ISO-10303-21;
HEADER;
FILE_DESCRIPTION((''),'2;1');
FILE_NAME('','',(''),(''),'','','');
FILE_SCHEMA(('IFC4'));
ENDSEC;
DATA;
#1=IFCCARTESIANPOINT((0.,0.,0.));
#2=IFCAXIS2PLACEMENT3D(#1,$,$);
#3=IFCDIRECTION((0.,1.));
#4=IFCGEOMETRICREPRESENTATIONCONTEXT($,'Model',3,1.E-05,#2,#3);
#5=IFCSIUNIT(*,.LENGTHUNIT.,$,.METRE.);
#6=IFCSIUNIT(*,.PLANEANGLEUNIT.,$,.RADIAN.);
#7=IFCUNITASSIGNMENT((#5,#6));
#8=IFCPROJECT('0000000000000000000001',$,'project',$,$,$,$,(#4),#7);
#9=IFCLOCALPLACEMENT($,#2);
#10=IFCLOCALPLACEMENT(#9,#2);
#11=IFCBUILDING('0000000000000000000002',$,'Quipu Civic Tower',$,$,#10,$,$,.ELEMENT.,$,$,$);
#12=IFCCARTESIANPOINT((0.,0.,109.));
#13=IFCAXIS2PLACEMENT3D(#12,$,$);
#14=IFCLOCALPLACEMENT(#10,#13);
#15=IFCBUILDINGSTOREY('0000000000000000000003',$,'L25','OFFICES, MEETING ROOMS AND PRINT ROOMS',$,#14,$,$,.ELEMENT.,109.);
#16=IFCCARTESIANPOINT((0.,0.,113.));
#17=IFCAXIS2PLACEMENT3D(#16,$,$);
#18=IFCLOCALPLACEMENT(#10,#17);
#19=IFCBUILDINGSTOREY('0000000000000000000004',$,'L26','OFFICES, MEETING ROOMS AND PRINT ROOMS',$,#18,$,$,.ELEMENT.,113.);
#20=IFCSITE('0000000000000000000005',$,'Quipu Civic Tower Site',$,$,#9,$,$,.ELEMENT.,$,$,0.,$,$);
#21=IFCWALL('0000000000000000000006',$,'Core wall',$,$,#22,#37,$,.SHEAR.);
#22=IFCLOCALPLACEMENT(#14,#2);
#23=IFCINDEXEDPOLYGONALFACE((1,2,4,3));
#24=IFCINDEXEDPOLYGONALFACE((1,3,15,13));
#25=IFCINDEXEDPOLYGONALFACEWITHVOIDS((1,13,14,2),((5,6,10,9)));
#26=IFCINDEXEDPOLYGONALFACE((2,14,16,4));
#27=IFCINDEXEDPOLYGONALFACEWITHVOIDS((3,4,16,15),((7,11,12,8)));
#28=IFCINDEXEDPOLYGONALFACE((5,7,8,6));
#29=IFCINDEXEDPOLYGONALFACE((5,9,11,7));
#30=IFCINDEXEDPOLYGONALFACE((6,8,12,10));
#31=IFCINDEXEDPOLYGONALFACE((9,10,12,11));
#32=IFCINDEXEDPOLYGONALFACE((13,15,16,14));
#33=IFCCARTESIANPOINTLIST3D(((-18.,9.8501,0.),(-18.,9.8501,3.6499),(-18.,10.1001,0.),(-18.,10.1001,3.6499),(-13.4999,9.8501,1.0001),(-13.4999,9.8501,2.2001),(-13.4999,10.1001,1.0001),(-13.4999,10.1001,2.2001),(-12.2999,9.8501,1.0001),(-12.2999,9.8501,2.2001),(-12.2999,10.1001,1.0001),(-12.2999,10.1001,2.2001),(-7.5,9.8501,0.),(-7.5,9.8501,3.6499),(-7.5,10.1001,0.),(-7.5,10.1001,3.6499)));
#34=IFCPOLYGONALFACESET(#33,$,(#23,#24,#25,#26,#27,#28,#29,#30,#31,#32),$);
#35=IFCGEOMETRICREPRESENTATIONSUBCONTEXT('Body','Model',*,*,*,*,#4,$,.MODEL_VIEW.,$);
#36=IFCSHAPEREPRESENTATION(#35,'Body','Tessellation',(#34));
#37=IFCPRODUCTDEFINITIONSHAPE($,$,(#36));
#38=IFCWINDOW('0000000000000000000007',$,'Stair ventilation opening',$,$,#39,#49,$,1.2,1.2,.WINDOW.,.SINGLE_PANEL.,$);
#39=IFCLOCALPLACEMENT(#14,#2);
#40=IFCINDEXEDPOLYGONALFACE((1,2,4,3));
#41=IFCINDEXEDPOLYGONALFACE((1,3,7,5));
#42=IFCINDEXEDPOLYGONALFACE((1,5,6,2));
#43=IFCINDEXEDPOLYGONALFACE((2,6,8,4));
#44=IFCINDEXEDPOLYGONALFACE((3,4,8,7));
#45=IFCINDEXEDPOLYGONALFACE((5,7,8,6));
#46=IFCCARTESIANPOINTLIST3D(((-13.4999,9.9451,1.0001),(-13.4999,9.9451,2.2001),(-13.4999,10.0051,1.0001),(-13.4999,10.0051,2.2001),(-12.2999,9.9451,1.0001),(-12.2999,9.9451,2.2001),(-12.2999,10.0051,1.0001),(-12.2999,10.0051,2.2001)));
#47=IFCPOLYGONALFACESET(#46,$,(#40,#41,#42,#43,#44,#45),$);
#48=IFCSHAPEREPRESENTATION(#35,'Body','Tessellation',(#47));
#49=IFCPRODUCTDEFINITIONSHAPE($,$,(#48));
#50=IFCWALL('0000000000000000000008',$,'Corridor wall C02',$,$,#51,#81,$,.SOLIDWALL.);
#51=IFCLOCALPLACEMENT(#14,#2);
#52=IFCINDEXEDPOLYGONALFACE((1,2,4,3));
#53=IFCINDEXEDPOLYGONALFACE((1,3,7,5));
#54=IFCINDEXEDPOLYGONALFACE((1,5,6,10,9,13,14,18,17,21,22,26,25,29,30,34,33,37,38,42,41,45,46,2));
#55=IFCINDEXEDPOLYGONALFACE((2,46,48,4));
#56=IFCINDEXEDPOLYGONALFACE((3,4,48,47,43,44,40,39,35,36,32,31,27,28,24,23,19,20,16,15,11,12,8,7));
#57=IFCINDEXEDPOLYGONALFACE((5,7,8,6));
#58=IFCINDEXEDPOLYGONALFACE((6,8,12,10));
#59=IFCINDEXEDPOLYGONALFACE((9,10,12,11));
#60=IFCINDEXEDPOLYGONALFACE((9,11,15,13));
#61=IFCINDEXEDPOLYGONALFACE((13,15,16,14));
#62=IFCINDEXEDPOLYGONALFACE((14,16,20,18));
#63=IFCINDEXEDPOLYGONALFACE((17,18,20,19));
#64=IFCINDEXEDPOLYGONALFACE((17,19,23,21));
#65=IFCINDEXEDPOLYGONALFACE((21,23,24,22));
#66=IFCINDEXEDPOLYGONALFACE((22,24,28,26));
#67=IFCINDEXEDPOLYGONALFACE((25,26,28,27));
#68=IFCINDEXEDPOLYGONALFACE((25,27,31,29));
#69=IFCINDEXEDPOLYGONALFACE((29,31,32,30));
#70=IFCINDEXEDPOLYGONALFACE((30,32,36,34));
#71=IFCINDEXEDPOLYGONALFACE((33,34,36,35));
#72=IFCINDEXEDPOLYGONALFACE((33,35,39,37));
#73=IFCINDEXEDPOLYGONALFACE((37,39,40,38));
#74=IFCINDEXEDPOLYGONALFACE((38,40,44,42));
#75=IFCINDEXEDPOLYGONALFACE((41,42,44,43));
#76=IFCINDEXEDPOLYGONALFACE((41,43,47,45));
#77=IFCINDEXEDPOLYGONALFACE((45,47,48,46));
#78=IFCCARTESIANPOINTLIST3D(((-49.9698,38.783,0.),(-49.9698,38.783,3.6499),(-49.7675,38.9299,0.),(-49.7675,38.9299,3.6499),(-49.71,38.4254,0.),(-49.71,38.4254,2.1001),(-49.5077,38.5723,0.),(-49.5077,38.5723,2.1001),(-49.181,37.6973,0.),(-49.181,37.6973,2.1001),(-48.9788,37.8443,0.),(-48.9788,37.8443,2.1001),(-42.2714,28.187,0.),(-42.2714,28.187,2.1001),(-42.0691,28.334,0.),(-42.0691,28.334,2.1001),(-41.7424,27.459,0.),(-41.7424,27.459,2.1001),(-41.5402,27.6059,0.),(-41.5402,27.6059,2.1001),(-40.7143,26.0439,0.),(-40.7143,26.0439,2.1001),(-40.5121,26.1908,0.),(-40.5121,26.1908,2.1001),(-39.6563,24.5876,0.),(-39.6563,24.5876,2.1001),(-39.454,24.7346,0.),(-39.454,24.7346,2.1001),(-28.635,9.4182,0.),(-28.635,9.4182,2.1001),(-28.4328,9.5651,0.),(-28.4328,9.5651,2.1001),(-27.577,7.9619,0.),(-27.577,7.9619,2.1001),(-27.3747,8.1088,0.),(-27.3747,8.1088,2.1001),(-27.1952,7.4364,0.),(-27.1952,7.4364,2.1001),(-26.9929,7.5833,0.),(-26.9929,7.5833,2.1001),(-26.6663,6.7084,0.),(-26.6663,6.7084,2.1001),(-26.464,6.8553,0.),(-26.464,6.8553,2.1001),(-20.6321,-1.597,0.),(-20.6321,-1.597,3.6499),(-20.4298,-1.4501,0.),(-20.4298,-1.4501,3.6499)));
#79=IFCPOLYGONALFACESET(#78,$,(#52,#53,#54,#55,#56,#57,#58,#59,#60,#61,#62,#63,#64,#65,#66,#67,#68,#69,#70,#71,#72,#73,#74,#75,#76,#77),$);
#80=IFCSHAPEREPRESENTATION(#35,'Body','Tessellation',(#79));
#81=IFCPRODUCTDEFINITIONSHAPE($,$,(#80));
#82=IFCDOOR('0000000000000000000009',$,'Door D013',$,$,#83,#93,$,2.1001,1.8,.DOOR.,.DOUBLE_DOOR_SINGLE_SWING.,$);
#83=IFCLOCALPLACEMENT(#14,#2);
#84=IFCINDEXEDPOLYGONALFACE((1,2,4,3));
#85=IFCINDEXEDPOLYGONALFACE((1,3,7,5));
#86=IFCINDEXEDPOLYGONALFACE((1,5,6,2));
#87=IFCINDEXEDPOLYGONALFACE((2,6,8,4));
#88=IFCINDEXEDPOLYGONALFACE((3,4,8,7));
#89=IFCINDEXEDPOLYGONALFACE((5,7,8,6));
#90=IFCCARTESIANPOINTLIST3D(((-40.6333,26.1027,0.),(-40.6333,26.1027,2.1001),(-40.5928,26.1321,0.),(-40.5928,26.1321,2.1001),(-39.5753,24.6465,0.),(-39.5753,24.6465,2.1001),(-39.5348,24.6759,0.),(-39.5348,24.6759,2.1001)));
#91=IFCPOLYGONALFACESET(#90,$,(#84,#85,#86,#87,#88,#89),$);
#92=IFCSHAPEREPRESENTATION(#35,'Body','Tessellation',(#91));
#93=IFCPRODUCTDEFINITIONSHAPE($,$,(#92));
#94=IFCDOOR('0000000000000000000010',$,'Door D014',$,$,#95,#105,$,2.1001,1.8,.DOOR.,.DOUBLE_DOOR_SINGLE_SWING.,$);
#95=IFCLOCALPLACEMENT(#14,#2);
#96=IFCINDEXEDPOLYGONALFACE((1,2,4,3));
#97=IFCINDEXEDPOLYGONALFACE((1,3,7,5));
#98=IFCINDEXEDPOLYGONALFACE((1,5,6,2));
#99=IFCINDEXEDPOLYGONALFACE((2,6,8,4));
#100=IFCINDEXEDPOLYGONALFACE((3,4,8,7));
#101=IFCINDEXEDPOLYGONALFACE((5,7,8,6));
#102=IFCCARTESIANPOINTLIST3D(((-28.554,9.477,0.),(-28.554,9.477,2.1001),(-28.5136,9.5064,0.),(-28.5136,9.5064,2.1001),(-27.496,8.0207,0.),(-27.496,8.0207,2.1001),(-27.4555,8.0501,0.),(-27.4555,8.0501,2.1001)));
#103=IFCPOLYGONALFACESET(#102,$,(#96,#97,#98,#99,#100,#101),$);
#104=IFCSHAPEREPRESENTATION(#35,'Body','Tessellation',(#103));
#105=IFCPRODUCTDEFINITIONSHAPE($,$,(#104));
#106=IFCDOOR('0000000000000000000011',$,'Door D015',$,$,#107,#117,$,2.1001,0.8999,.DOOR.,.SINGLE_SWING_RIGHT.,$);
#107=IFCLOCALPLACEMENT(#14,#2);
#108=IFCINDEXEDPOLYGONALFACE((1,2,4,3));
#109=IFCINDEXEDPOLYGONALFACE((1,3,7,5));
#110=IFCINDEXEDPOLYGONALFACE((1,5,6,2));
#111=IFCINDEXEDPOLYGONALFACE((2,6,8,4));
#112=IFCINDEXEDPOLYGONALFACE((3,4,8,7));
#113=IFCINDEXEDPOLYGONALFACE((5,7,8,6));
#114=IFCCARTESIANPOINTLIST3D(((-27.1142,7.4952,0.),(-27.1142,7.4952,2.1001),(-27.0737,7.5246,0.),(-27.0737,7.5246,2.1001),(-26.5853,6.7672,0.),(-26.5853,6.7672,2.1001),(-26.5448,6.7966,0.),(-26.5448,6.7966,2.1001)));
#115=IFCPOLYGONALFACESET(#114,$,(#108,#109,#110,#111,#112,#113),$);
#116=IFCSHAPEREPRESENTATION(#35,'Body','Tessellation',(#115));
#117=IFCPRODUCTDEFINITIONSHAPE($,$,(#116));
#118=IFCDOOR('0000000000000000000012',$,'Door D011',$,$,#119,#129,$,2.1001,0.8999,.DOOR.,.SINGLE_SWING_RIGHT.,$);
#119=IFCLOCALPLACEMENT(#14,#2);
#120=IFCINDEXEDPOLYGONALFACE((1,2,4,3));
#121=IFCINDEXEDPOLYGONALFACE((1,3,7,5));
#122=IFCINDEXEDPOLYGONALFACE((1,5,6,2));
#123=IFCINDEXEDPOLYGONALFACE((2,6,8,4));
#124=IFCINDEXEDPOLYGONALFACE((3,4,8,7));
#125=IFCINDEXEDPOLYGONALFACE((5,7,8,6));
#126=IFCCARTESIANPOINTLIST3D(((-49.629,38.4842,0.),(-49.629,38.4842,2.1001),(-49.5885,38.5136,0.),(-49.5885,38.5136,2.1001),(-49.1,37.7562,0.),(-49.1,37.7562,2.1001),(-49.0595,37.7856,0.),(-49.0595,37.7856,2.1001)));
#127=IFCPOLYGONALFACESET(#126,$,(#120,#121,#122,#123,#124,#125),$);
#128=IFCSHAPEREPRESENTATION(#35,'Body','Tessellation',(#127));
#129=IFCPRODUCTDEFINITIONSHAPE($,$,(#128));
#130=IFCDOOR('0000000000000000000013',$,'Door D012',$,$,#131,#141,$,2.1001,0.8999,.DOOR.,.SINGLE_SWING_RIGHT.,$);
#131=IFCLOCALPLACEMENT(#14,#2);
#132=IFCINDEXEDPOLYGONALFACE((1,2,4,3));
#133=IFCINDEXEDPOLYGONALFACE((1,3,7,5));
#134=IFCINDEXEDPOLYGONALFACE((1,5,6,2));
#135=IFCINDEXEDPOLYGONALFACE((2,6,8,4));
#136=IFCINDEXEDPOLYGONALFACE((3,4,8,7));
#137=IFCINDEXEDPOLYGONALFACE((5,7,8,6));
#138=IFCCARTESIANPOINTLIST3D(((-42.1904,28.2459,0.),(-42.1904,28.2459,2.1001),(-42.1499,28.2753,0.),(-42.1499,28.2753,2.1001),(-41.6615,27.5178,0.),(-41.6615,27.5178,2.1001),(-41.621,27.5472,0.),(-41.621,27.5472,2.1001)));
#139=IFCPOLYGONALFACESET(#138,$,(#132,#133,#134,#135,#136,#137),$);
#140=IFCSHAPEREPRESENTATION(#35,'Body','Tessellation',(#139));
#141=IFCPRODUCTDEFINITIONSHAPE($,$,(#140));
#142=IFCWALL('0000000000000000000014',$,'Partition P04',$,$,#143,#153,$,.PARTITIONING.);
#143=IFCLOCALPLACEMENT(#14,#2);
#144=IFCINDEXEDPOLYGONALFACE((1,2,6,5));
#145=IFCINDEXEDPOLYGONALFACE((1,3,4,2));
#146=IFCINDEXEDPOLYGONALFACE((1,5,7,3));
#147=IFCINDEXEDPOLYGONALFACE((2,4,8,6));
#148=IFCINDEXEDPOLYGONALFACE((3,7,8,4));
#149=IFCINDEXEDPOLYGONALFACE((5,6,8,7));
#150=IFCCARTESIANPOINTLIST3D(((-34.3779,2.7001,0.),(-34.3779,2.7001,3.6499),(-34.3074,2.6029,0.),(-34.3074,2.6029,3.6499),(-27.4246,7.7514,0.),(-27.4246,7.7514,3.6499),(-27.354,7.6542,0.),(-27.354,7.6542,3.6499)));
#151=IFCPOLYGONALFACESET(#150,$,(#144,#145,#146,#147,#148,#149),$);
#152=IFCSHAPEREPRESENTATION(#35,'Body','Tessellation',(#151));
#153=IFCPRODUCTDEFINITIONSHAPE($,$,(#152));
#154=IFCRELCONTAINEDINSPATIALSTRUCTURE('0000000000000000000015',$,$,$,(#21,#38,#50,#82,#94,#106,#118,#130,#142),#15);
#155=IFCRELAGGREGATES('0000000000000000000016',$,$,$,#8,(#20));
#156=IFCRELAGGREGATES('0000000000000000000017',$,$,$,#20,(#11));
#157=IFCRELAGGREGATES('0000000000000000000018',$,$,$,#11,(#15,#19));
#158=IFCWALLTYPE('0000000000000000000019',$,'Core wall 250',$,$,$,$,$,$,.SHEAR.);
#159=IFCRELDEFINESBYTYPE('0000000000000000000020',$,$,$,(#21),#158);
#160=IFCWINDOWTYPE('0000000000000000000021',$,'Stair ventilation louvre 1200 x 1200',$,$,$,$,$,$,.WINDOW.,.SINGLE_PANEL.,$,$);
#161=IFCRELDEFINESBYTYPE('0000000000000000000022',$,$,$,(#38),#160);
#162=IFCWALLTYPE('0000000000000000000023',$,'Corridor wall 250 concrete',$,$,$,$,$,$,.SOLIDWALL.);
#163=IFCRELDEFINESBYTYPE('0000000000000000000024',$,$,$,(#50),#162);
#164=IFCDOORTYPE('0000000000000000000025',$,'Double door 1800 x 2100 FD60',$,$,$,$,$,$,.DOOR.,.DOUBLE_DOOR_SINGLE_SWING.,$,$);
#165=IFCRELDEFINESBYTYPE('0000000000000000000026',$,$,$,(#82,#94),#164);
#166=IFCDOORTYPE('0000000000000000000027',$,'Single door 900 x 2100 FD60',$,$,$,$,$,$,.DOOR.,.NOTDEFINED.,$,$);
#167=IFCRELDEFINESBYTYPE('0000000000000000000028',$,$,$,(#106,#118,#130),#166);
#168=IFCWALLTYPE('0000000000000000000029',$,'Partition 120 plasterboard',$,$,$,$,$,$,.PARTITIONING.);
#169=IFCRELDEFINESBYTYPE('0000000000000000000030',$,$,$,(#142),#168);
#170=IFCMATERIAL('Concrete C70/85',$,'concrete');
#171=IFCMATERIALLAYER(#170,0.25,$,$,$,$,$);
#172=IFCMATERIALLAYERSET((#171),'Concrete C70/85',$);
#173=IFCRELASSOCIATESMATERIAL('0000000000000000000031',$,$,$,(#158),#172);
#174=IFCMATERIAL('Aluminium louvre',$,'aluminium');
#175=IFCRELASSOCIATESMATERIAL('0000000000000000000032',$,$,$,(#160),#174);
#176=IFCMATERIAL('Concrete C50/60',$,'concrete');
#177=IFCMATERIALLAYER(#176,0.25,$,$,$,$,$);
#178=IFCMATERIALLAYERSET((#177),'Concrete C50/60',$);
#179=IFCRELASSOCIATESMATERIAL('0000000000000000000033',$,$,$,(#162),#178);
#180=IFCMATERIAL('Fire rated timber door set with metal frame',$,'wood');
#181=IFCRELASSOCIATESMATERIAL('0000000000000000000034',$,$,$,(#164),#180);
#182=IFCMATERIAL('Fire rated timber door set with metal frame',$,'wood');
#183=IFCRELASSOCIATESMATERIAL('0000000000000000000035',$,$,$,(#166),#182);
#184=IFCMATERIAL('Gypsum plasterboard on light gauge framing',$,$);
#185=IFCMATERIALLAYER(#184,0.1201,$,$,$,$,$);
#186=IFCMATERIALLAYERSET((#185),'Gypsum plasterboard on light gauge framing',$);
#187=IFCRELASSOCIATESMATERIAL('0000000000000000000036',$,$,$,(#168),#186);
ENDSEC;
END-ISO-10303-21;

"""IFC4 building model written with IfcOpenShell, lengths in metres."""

from ifc_helpers import new_model, si_unit, direction, frame, frame_2d, origin, place, context, subcontext, project, spatial, rectangle, extrude, material, layer, layer_set, type_object, element, fill, save


model = new_model("IFC4")

# Units and contexts
model_context = context("Model", 3, precision=1e-05, world=origin(), true_north=direction((0.0, 1.0)))
body_context = subcontext(model_context, "Body", "Model", "MODEL_VIEW")
ifc_project = project(units=[si_unit("LENGTHUNIT", "METRE"), si_unit("PLANEANGLEUNIT", "RADIAN")], contexts=[model_context])

# Site, building, storey
site_placement = place(None, origin())
site = spatial("IfcSite", under=ifc_project, at=site_placement, Name="Quipu Civic Tower Site", CompositionType="ELEMENT", RefElevation=0.0)
building_placement = place(site_placement, origin())
building = spatial("IfcBuilding", under=site, at=building_placement, Name="Quipu Civic Tower", CompositionType="ELEMENT")
storey_1_placement = place(building_placement, frame((0.0, 0.0, 109.0)))
storey_1 = spatial("IfcBuildingStorey", under=building, at=storey_1_placement, Name="L25", Description="OFFICES, MEETING ROOMS AND PRINT ROOMS", CompositionType="ELEMENT", Elevation=109.0)

# Shared definitions
storey_2_placement = place(building_placement, frame((0.0, 0.0, 113.0)))
storey_2 = spatial("IfcBuildingStorey", under=building, at=storey_2_placement, Name="L26", Description="OFFICES, MEETING ROOMS AND PRINT ROOMS", CompositionType="ELEMENT", Elevation=113.0)

# Shared definitions
ifc_material_1 = material(Name="Concrete C70/85", Category="concrete")
ifc_layer_1 = layer(ifc_material_1, 0.25)
ifc_layer_set_1 = layer_set([ifc_layer_1], Name="Concrete C70/85")
wall_type_1 = type_object("IfcWallType", Name="Core wall 250", PredefinedType="SHEAR", material=ifc_layer_set_1)

# Wall, opening, window
wall_1_placement = place(storey_1_placement, frame((-18.0, 9.9751, 0.0), z_axis=(0.0, 0.0, 1.0), x_axis=(1.0, 0.0, 0.0)))
wall_1 = element("IfcWall", 1, at=wall_1_placement, inside=storey_1, type_object=wall_type_1, Name="Core wall", PredefinedType="SHEAR", context=body_context, shape_type="SweptSolid", body=[
    extrude(rectangle(XDim=10.5, YDim=0.25, at=frame_2d((5.25, 0.0))), origin(), (0.0, 0.0, 1.0), 3.6499),
])
opening_1_placement = place(wall_1_placement, frame((4.5, 0.0, 1.0)))
opening_1 = element("IfcOpeningElement", 2, at=opening_1_placement, cuts=wall_1, PredefinedType="OPENING", context=body_context, shape_type="SweptSolid", body=[
    extrude(rectangle(XDim=1.2, YDim=1.2, at=frame_2d((0.6001, 0.6001))), frame((0.0, 0.135, 0.0), z_axis=(0.0, -1.0, 0.0), x_axis=(1.0, 0.0, 0.0)), (0.0, 0.0, 1.0), 0.27),
])
ifc_material_2 = material(Name="Aluminium louvre", Category="aluminium")
window_type = type_object("IfcWindowType", Name="Stair ventilation louvre 1200 x 1200", PartitioningType="SINGLE_PANEL", PredefinedType="WINDOW", material=ifc_material_2)
window_placement = place(opening_1_placement, origin())
window = element("IfcWindow", 3, at=window_placement, inside=storey_1, type_object=window_type, Name="Stair ventilation opening", OverallHeight=1.2, OverallWidth=1.2, PartitioningType="SINGLE_PANEL", PredefinedType="WINDOW", context=body_context, shape_type="SweptSolid", body=[
    extrude(rectangle(XDim=1.2, YDim=1.2, at=frame_2d((0.6001, 0.6001))), frame((0.0, 0.03, 0.0), z_axis=(0.0, -1.0, 0.0), x_axis=(1.0, 0.0, 0.0)), (0.0, 0.0, 1.0), 0.0601),
])
fill(opening_1, window)

# Wall, openings, doors
ifc_material_3 = material(Name="Concrete C50/60", Category="concrete")
ifc_layer_2 = layer(ifc_material_3, 0.25)
ifc_layer_set_2 = layer_set([ifc_layer_2], Name="Concrete C50/60")
wall_type_2 = type_object("IfcWallType", Name="Corridor wall 250 concrete", PredefinedType="SOLIDWALL", material=ifc_layer_set_2)
wall_2_placement = place(storey_1_placement, frame((-20.531, -1.5234, 0.0), z_axis=(0.0, 0.0, 1.0), x_axis=(-0.587785, 0.809018, 0.0)))
wall_2 = element("IfcWall", 4, at=wall_2_placement, inside=storey_1, type_object=wall_type_2, Name="Corridor wall C02", PredefinedType="SOLIDWALL", context=body_context, shape_type="SweptSolid", body=[
    extrude(rectangle(XDim=49.9124, YDim=0.25, at=frame_2d((24.9561, 0.0))), origin(), (0.0, 0.0, 1.0), 3.6499),
])
opening_2_placement = place(wall_2_placement, frame((10.2659, 0.0, 0.0)))
opening_2 = element("IfcOpeningElement", 5, at=opening_2_placement, cuts=wall_2, PredefinedType="OPENING", context=body_context, shape_type="SweptSolid", body=[
    extrude(rectangle(XDim=0.8999, YDim=2.1001, at=frame_2d((0.45, 1.05))), frame((0.0, 0.135, 0.0), z_axis=(0.0, -1.0, 0.0), x_axis=(1.0, 0.0, 0.0)), (0.0, 0.0, 1.0), 0.27),
])
opening_3_placement = place(wall_2_placement, frame((32.366, 0.0, 0.0)))
opening_3 = element("IfcOpeningElement", 6, at=opening_3_placement, cuts=wall_2, PredefinedType="OPENING", context=body_context, shape_type="SweptSolid", body=[
    extrude(rectangle(XDim=1.8, YDim=2.1001, at=frame_2d((0.8999, 1.05))), frame((0.0, 0.135, 0.0), z_axis=(0.0, -1.0, 0.0), x_axis=(1.0, 0.0, 0.0)), (0.0, 0.0, 1.0), 0.27),
])
opening_4_placement = place(wall_2_placement, frame((11.8154, 0.0, 0.0)))
opening_4 = element("IfcOpeningElement", 7, at=opening_4_placement, cuts=wall_2, PredefinedType="OPENING", context=body_context, shape_type="SweptSolid", body=[
    extrude(rectangle(XDim=1.8, YDim=2.1001, at=frame_2d((0.8999, 1.05))), frame((0.0, 0.135, 0.0), z_axis=(0.0, -1.0, 0.0), x_axis=(1.0, 0.0, 0.0)), (0.0, 0.0, 1.0), 0.27),
])
opening_5_placement = place(wall_2_placement, frame((48.5703, 0.0, 0.0)))
opening_5 = element("IfcOpeningElement", 8, at=opening_5_placement, cuts=wall_2, PredefinedType="OPENING", context=body_context, shape_type="SweptSolid", body=[
    extrude(rectangle(XDim=0.8999, YDim=2.1001, at=frame_2d((0.45, 1.05))), frame((0.0, 0.135, 0.0), z_axis=(0.0, -1.0, 0.0), x_axis=(1.0, 0.0, 0.0)), (0.0, 0.0, 1.0), 0.27),
])
opening_6_placement = place(wall_2_placement, frame((35.915, 0.0, 0.0)))
opening_6 = element("IfcOpeningElement", 9, at=opening_6_placement, cuts=wall_2, PredefinedType="OPENING", context=body_context, shape_type="SweptSolid", body=[
    extrude(rectangle(XDim=0.8999, YDim=2.1001, at=frame_2d((0.45, 1.05))), frame((0.0, 0.135, 0.0), z_axis=(0.0, -1.0, 0.0), x_axis=(1.0, 0.0, 0.0)), (0.0, 0.0, 1.0), 0.27),
])
ifc_material_4 = material(Name="Fire rated timber door set with metal frame", Category="wood")
door_type_1 = type_object("IfcDoorType", Name="Double door 1800 x 2100 FD60", OperationType="DOUBLE_DOOR_SINGLE_SWING", PredefinedType="DOOR", material=ifc_material_4)
door_1_placement = place(opening_3_placement, origin())
door_1 = element("IfcDoor", 10, at=door_1_placement, inside=storey_1, type_object=door_type_1, Name="Door D013", OperationType="DOUBLE_DOOR_SINGLE_SWING", OverallHeight=2.1001, OverallWidth=1.8, PredefinedType="DOOR", context=body_context, shape_type="SweptSolid", body=[
    extrude(rectangle(XDim=1.8, YDim=2.1001, at=frame_2d((0.8999, 1.05))), frame((0.0, 0.0249, 0.0), z_axis=(0.0, -1.0, 0.0), x_axis=(1.0, 0.0, 0.0)), (0.0, 0.0, 1.0), 0.05),
])
fill(opening_3, door_1)
door_2_placement = place(opening_4_placement, origin())
door_2 = element("IfcDoor", 11, at=door_2_placement, inside=storey_1, type_object=door_type_1, Name="Door D014", OperationType="DOUBLE_DOOR_SINGLE_SWING", OverallHeight=2.1001, OverallWidth=1.8, PredefinedType="DOOR", context=body_context, shape_type="SweptSolid", body=[
    extrude(rectangle(XDim=1.8, YDim=2.1001, at=frame_2d((0.8999, 1.05))), frame((0.0, 0.0249, 0.0), z_axis=(0.0, -1.0, 0.0), x_axis=(1.0, 0.0, 0.0)), (0.0, 0.0, 1.0), 0.05),
])
fill(opening_4, door_2)
ifc_material_5 = material(Name="Fire rated timber door set with metal frame", Category="wood")
door_type_2 = type_object("IfcDoorType", Name="Single door 900 x 2100 FD60", OperationType="NOTDEFINED", PredefinedType="DOOR", material=ifc_material_5)
door_3_placement = place(opening_2_placement, origin())
door_3 = element("IfcDoor", 12, at=door_3_placement, inside=storey_1, type_object=door_type_2, Name="Door D015", OperationType="SINGLE_SWING_RIGHT", OverallHeight=2.1001, OverallWidth=0.8999, PredefinedType="DOOR", context=body_context, shape_type="SweptSolid", body=[
    extrude(rectangle(XDim=0.8999, YDim=2.1001, at=frame_2d((0.45, 1.05))), frame((0.0, 0.0249, 0.0), z_axis=(0.0, -1.0, 0.0), x_axis=(1.0, 0.0, 0.0)), (0.0, 0.0, 1.0), 0.05),
])
fill(opening_2, door_3)
door_4_placement = place(opening_5_placement, origin())
door_4 = element("IfcDoor", 13, at=door_4_placement, inside=storey_1, type_object=door_type_2, Name="Door D011", OperationType="SINGLE_SWING_RIGHT", OverallHeight=2.1001, OverallWidth=0.8999, PredefinedType="DOOR", context=body_context, shape_type="SweptSolid", body=[
    extrude(rectangle(XDim=0.8999, YDim=2.1001, at=frame_2d((0.45, 1.05))), frame((0.0, 0.0249, 0.0), z_axis=(0.0, -1.0, 0.0), x_axis=(1.0, 0.0, 0.0)), (0.0, 0.0, 1.0), 0.05),
])
fill(opening_5, door_4)
door_5_placement = place(opening_6_placement, origin())
door_5 = element("IfcDoor", 14, at=door_5_placement, inside=storey_1, type_object=door_type_2, Name="Door D012", OperationType="SINGLE_SWING_RIGHT", OverallHeight=2.1001, OverallWidth=0.8999, PredefinedType="DOOR", context=body_context, shape_type="SweptSolid", body=[
    extrude(rectangle(XDim=0.8999, YDim=2.1001, at=frame_2d((0.45, 1.05))), frame((0.0, 0.0249, 0.0), z_axis=(0.0, -1.0, 0.0), x_axis=(1.0, 0.0, 0.0)), (0.0, 0.0, 1.0), 0.05),
])
fill(opening_6, door_5)

# Wall
ifc_material_6 = material(Name="Gypsum plasterboard on light gauge framing")
ifc_layer_3 = layer(ifc_material_6, 0.1201)
ifc_layer_set_3 = layer_set([ifc_layer_3], Name="Gypsum plasterboard on light gauge framing")
wall_type_3 = type_object("IfcWallType", Name="Partition 120 plasterboard", PredefinedType="PARTITIONING", material=ifc_layer_set_3)
wall_3_placement = place(storey_1_placement, frame((-27.3892, 7.7029, 0.0), z_axis=(0.0, 0.0, 1.0), x_axis=(-0.809053, -0.587736, 0.0)))
element("IfcWall", 15, at=wall_3_placement, inside=storey_1, type_object=wall_type_3, Name="Partition P04", PredefinedType="PARTITIONING", context=body_context, shape_type="SweptSolid", body=[
    extrude(rectangle(XDim=8.5945, YDim=0.1201, at=frame_2d((4.2974, 0.0))), origin(), (0.0, 0.0, 1.0), 3.6499),
])

save(model, "model.ifc")
